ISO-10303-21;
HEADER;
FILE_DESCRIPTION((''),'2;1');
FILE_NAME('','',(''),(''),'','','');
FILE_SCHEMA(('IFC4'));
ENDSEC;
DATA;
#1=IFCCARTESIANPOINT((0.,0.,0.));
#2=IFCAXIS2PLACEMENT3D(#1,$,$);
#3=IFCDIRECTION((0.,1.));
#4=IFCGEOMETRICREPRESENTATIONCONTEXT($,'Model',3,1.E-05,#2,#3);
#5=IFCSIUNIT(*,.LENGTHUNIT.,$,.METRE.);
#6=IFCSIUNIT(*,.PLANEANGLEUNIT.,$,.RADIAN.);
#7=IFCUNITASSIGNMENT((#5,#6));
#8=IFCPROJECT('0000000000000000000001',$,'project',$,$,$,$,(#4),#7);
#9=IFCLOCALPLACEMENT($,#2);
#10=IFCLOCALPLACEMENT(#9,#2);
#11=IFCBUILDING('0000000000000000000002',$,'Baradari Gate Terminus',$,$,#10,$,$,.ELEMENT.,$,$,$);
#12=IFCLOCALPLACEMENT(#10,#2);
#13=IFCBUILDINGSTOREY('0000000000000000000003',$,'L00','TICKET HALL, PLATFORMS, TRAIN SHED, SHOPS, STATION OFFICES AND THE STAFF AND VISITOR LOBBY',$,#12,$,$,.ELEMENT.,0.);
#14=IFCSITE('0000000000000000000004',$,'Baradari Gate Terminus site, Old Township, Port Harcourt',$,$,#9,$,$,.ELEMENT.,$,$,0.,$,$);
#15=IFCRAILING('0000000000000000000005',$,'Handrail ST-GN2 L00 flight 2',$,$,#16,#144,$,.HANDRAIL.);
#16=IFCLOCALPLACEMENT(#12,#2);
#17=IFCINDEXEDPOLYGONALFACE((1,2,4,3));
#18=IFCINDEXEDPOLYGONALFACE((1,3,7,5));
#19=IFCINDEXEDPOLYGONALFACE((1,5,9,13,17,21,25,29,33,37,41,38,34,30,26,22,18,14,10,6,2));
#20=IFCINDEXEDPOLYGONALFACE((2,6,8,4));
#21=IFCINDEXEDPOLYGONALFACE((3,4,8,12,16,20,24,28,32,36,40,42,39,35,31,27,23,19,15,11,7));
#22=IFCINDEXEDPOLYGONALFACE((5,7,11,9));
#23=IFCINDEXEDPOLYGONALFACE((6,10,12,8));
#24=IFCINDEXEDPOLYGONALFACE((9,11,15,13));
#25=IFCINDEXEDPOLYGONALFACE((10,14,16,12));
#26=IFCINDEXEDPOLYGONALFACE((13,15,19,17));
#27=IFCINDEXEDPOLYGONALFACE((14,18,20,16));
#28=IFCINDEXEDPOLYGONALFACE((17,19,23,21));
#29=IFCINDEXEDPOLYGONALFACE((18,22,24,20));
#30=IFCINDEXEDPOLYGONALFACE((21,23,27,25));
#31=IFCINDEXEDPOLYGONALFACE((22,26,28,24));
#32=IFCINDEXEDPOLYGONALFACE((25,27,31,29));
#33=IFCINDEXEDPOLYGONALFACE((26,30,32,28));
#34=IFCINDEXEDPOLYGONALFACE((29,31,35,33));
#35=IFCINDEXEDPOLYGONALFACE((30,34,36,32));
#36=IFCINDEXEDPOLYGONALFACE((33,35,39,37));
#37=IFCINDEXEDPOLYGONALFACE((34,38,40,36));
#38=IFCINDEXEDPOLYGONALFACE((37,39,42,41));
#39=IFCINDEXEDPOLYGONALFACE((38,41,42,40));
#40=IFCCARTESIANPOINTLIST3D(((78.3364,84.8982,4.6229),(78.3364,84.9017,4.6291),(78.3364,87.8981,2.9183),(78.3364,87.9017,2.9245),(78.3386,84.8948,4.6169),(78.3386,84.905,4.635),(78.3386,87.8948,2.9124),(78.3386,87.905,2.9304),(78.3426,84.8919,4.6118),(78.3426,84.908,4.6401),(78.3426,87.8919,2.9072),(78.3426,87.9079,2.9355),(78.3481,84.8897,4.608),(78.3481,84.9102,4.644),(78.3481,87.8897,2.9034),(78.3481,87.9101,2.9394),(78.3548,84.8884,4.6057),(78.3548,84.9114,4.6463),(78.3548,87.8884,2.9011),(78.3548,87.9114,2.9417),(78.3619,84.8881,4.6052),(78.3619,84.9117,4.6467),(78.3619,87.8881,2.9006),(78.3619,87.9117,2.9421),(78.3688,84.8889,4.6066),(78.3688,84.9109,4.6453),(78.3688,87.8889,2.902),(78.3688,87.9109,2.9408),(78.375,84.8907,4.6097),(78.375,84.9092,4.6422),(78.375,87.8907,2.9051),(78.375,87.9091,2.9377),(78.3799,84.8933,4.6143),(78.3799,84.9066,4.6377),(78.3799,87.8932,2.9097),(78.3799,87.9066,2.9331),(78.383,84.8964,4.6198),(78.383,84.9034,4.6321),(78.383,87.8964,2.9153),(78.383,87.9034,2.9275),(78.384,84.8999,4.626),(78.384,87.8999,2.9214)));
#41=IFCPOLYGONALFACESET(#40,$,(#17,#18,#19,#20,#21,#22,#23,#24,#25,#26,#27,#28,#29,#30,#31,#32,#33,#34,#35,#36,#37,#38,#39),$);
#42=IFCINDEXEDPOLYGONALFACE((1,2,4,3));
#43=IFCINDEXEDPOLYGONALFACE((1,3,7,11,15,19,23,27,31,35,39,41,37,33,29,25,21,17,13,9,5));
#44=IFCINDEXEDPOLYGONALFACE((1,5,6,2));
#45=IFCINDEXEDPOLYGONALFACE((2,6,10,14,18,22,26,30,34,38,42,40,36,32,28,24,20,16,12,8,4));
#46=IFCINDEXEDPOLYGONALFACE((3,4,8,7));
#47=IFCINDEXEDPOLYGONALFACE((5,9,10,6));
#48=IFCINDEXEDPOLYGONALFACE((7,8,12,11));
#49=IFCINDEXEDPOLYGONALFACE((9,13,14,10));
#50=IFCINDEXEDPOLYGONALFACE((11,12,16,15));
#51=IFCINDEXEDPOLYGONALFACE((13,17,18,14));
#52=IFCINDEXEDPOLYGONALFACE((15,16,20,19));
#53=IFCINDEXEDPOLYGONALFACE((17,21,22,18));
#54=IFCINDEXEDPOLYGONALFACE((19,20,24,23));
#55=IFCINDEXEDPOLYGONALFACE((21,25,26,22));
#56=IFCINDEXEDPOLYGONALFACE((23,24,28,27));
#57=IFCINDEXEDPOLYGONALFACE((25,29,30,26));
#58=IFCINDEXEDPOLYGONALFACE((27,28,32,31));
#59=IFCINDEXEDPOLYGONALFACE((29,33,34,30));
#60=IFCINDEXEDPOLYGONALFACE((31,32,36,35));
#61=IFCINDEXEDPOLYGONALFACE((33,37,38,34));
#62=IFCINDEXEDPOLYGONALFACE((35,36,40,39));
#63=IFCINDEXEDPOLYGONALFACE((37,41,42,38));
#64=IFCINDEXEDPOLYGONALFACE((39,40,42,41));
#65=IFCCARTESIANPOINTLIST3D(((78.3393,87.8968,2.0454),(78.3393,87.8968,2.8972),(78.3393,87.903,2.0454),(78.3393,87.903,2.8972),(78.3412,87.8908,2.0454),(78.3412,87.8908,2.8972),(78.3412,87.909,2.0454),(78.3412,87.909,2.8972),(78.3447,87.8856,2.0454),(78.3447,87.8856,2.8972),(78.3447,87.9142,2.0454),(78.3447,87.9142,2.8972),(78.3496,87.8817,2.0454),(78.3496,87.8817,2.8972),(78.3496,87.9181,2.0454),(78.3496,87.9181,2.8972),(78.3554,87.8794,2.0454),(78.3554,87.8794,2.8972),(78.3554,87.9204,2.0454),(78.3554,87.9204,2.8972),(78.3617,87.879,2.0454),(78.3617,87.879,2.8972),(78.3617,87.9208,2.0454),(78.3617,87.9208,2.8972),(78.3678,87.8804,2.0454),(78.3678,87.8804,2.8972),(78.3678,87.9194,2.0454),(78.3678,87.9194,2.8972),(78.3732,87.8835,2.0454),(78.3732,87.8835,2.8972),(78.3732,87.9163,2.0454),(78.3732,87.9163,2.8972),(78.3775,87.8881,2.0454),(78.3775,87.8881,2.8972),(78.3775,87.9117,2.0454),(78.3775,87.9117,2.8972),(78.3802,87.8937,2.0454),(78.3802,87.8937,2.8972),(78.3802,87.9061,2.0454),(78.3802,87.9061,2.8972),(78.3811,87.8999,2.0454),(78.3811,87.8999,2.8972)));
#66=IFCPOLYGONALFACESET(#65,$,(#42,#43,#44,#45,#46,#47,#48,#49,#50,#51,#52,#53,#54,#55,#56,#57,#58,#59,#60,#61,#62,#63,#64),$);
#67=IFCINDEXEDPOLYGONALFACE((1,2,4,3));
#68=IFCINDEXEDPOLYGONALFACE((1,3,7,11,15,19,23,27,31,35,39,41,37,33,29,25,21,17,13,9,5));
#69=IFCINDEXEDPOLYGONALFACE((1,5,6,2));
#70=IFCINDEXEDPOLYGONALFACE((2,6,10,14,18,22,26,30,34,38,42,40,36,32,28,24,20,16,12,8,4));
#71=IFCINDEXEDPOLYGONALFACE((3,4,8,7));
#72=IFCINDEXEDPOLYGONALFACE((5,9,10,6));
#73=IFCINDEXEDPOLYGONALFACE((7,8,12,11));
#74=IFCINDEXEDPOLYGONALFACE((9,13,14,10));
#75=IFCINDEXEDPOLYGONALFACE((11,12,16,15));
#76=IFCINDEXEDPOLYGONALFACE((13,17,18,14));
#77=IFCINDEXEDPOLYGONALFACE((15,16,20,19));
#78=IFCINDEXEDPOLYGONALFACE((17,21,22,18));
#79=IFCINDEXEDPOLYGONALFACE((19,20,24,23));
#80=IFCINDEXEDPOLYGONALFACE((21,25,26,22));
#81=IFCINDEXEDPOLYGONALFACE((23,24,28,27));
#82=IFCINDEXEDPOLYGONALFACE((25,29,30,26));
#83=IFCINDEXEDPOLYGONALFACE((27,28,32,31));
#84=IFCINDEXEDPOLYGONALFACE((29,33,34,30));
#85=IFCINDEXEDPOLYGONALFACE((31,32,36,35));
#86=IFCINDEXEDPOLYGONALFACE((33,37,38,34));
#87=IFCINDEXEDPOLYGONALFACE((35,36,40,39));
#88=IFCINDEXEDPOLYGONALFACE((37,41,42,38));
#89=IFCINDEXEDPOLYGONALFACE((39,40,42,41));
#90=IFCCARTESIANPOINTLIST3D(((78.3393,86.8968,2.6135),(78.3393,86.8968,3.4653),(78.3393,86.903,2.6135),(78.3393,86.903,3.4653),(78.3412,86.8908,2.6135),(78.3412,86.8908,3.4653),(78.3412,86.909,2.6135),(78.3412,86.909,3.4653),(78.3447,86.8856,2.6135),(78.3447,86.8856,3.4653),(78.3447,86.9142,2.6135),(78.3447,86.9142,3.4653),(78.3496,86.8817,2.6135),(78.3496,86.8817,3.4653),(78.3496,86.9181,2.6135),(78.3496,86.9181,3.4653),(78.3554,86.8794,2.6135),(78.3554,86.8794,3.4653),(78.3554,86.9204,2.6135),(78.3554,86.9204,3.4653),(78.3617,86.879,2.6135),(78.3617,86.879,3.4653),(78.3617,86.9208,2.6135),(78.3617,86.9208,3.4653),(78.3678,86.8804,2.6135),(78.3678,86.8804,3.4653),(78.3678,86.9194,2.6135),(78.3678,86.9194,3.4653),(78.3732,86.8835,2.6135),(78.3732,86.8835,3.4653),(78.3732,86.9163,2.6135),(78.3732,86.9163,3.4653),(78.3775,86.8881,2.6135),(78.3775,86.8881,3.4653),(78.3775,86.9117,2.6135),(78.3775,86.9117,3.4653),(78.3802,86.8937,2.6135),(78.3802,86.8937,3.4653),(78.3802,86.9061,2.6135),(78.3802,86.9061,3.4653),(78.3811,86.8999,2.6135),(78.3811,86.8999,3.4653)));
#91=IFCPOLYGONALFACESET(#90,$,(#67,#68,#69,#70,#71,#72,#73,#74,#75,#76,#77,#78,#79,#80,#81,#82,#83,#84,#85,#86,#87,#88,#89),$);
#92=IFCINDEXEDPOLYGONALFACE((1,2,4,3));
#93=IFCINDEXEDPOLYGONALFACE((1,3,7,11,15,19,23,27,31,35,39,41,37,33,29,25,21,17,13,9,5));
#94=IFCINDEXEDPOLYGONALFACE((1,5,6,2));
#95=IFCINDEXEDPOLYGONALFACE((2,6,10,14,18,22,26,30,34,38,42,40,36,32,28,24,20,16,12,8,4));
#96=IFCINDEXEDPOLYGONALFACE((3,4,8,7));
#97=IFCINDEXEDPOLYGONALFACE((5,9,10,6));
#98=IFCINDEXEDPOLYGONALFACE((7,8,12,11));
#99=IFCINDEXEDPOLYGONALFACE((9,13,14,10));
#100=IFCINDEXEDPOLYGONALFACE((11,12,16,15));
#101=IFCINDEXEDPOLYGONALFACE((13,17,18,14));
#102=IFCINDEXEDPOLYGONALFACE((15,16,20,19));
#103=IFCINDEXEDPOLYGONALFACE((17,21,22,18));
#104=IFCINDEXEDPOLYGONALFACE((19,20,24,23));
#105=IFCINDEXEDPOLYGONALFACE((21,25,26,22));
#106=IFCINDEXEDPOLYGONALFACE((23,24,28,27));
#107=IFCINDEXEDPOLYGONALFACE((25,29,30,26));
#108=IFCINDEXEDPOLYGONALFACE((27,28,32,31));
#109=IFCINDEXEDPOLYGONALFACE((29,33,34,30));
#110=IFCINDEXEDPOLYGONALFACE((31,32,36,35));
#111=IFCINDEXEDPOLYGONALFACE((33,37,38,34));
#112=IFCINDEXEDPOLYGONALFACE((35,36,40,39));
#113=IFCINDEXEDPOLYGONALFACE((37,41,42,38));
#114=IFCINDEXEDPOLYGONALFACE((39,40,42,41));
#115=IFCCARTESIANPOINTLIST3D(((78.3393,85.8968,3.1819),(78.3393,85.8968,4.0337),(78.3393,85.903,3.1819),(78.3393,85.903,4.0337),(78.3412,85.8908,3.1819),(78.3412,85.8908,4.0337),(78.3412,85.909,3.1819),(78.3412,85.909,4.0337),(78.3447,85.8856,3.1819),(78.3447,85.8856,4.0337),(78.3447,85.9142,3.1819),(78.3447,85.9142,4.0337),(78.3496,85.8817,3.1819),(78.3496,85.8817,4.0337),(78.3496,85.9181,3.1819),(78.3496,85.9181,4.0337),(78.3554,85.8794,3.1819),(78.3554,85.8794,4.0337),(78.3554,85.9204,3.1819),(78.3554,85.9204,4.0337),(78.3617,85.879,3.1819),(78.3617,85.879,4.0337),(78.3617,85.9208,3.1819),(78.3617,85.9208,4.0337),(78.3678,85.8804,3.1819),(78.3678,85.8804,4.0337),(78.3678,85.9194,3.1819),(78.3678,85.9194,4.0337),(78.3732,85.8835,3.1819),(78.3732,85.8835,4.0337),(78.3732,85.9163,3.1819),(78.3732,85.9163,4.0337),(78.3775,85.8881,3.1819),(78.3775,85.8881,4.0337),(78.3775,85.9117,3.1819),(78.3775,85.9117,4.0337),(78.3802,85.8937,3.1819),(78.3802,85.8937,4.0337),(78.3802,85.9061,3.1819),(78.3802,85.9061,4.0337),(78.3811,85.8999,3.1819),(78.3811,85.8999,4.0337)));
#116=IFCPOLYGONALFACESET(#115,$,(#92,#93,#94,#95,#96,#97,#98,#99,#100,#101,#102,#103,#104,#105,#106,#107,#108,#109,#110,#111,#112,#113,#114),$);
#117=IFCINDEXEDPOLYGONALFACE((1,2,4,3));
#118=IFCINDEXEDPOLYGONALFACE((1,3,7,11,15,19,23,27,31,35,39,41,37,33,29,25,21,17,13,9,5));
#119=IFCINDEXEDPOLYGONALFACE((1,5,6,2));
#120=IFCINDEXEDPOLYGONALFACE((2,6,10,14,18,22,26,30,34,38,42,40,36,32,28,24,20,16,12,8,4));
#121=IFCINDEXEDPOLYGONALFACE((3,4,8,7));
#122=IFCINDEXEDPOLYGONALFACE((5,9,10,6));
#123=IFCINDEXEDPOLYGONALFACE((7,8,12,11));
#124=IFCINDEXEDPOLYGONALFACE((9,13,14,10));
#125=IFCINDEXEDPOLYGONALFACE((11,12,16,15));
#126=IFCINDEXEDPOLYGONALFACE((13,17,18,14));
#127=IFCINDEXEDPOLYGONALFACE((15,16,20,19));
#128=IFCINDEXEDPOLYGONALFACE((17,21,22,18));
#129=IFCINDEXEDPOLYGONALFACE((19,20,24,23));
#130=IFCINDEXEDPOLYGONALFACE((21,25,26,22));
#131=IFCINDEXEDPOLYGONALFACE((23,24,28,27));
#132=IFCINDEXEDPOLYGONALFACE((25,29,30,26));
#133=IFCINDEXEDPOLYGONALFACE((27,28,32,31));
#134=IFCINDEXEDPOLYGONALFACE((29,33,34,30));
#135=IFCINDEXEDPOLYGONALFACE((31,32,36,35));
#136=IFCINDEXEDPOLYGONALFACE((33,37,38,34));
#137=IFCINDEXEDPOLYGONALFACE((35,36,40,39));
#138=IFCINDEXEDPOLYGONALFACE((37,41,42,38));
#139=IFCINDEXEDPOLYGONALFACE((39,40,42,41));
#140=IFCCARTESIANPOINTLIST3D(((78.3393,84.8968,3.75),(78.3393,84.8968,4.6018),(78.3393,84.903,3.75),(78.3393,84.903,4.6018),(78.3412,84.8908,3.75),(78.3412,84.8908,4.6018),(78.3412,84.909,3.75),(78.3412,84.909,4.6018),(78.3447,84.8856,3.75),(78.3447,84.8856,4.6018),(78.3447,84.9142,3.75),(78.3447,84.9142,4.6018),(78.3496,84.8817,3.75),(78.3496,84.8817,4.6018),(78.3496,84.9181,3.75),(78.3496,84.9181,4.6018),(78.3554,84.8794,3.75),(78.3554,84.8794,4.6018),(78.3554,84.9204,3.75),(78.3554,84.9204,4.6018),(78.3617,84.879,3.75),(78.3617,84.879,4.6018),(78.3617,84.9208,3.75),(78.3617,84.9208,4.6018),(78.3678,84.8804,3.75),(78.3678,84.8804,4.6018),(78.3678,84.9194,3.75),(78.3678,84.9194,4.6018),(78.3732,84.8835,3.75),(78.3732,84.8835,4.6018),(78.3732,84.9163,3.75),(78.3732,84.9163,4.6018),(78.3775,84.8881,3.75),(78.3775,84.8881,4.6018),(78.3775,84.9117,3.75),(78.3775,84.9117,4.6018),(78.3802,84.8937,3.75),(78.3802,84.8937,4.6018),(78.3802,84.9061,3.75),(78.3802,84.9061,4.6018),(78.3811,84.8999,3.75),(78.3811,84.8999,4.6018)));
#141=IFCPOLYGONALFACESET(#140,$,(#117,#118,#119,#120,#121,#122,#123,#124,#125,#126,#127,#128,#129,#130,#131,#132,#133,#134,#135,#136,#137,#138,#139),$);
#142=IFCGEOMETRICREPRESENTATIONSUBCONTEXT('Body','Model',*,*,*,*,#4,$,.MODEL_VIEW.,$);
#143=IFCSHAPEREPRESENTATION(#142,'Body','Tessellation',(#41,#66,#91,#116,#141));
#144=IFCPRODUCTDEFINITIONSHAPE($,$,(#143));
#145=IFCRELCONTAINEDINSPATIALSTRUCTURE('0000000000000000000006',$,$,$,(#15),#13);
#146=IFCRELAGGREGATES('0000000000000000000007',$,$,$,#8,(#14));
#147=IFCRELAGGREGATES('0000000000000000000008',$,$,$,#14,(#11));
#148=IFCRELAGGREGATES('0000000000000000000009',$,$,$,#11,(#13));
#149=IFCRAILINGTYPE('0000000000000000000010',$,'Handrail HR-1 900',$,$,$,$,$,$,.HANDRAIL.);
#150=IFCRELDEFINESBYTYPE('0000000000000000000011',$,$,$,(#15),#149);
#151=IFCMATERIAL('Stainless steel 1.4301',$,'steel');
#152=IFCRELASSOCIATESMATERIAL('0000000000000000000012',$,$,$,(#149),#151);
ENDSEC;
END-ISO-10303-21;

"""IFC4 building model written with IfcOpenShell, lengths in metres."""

from ifc_helpers import new_model, si_unit, direction, frame, origin, origin_2d, place, context, subcontext, project, spatial, circle, extrude, material, type_object, element, save


model = new_model("IFC4")

# Units and contexts
model_context = context("Model", 3, precision=1e-05, world=origin(), true_north=direction((0.0, 1.0)))
body_context = subcontext(model_context, "Body", "Model", "MODEL_VIEW")
ifc_project = project(units=[si_unit("LENGTHUNIT", "METRE"), si_unit("PLANEANGLEUNIT", "RADIAN")], contexts=[model_context])

# Site, building, storey
site_placement = place(None, origin())
site = spatial("IfcSite", under=ifc_project, at=site_placement, Name="Baradari Gate Terminus site, Old Township, Port Harcourt", CompositionType="ELEMENT", RefElevation=0.0)
building_placement = place(site_placement, origin())
building = spatial("IfcBuilding", under=site, at=building_placement, Name="Baradari Gate Terminus", CompositionType="ELEMENT")
storey_placement = place(building_placement, origin())
storey = spatial("IfcBuildingStorey", under=building, at=storey_placement, Name="L00", Description="TICKET HALL, PLATFORMS, TRAIN SHED, SHOPS, STATION OFFICES AND THE STAFF AND VISITOR LOBBY", CompositionType="ELEMENT", Elevation=0.0)

# Railing
ifc_material_1 = material(Name="Stainless steel 1.4301", Category="steel")
railing_type_1 = type_object("IfcRailingType", Name="Handrail HR-1 900", PredefinedType="HANDRAIL", material=ifc_material_1)
for number, where, name in (
    (1, (78.3601, 87.8999, 2.0454), "Handrail ST-GN2 L00 flight 2"),
):
    element("IfcRailing", number, at=place(storey_placement, frame(where)), inside=storey, type_object=railing_type_1, Name=name, PredefinedType="HANDRAIL", context=body_context, shape_type="SweptSolid", body=[
        extrude(circle(Radius=0.0239, at=origin_2d()), frame((0.0, 0.0, 0.876), z_axis=(0.0, -0.869451, 0.494019), x_axis=(1.0, 0.0, 0.0)), (0.0, 0.0, 1.0), 3.4504),
        extrude(circle(Radius=0.021, at=origin_2d()), origin(), (0.0, 0.0, 1.0), 0.8518),
        extrude(circle(Radius=0.021, at=origin_2d()), frame((0.0, -1.0, 0.5681)), (0.0, 0.0, 1.0), 0.8518),
        extrude(circle(Radius=0.021, at=origin_2d()), frame((0.0, -2.0, 1.1365)), (0.0, 0.0, 1.0), 0.8518),
        extrude(circle(Radius=0.021, at=origin_2d()), frame((0.0, -3.0, 1.7046)), (0.0, 0.0, 1.0), 0.8518),
    ])

save(model, "model.ifc")
